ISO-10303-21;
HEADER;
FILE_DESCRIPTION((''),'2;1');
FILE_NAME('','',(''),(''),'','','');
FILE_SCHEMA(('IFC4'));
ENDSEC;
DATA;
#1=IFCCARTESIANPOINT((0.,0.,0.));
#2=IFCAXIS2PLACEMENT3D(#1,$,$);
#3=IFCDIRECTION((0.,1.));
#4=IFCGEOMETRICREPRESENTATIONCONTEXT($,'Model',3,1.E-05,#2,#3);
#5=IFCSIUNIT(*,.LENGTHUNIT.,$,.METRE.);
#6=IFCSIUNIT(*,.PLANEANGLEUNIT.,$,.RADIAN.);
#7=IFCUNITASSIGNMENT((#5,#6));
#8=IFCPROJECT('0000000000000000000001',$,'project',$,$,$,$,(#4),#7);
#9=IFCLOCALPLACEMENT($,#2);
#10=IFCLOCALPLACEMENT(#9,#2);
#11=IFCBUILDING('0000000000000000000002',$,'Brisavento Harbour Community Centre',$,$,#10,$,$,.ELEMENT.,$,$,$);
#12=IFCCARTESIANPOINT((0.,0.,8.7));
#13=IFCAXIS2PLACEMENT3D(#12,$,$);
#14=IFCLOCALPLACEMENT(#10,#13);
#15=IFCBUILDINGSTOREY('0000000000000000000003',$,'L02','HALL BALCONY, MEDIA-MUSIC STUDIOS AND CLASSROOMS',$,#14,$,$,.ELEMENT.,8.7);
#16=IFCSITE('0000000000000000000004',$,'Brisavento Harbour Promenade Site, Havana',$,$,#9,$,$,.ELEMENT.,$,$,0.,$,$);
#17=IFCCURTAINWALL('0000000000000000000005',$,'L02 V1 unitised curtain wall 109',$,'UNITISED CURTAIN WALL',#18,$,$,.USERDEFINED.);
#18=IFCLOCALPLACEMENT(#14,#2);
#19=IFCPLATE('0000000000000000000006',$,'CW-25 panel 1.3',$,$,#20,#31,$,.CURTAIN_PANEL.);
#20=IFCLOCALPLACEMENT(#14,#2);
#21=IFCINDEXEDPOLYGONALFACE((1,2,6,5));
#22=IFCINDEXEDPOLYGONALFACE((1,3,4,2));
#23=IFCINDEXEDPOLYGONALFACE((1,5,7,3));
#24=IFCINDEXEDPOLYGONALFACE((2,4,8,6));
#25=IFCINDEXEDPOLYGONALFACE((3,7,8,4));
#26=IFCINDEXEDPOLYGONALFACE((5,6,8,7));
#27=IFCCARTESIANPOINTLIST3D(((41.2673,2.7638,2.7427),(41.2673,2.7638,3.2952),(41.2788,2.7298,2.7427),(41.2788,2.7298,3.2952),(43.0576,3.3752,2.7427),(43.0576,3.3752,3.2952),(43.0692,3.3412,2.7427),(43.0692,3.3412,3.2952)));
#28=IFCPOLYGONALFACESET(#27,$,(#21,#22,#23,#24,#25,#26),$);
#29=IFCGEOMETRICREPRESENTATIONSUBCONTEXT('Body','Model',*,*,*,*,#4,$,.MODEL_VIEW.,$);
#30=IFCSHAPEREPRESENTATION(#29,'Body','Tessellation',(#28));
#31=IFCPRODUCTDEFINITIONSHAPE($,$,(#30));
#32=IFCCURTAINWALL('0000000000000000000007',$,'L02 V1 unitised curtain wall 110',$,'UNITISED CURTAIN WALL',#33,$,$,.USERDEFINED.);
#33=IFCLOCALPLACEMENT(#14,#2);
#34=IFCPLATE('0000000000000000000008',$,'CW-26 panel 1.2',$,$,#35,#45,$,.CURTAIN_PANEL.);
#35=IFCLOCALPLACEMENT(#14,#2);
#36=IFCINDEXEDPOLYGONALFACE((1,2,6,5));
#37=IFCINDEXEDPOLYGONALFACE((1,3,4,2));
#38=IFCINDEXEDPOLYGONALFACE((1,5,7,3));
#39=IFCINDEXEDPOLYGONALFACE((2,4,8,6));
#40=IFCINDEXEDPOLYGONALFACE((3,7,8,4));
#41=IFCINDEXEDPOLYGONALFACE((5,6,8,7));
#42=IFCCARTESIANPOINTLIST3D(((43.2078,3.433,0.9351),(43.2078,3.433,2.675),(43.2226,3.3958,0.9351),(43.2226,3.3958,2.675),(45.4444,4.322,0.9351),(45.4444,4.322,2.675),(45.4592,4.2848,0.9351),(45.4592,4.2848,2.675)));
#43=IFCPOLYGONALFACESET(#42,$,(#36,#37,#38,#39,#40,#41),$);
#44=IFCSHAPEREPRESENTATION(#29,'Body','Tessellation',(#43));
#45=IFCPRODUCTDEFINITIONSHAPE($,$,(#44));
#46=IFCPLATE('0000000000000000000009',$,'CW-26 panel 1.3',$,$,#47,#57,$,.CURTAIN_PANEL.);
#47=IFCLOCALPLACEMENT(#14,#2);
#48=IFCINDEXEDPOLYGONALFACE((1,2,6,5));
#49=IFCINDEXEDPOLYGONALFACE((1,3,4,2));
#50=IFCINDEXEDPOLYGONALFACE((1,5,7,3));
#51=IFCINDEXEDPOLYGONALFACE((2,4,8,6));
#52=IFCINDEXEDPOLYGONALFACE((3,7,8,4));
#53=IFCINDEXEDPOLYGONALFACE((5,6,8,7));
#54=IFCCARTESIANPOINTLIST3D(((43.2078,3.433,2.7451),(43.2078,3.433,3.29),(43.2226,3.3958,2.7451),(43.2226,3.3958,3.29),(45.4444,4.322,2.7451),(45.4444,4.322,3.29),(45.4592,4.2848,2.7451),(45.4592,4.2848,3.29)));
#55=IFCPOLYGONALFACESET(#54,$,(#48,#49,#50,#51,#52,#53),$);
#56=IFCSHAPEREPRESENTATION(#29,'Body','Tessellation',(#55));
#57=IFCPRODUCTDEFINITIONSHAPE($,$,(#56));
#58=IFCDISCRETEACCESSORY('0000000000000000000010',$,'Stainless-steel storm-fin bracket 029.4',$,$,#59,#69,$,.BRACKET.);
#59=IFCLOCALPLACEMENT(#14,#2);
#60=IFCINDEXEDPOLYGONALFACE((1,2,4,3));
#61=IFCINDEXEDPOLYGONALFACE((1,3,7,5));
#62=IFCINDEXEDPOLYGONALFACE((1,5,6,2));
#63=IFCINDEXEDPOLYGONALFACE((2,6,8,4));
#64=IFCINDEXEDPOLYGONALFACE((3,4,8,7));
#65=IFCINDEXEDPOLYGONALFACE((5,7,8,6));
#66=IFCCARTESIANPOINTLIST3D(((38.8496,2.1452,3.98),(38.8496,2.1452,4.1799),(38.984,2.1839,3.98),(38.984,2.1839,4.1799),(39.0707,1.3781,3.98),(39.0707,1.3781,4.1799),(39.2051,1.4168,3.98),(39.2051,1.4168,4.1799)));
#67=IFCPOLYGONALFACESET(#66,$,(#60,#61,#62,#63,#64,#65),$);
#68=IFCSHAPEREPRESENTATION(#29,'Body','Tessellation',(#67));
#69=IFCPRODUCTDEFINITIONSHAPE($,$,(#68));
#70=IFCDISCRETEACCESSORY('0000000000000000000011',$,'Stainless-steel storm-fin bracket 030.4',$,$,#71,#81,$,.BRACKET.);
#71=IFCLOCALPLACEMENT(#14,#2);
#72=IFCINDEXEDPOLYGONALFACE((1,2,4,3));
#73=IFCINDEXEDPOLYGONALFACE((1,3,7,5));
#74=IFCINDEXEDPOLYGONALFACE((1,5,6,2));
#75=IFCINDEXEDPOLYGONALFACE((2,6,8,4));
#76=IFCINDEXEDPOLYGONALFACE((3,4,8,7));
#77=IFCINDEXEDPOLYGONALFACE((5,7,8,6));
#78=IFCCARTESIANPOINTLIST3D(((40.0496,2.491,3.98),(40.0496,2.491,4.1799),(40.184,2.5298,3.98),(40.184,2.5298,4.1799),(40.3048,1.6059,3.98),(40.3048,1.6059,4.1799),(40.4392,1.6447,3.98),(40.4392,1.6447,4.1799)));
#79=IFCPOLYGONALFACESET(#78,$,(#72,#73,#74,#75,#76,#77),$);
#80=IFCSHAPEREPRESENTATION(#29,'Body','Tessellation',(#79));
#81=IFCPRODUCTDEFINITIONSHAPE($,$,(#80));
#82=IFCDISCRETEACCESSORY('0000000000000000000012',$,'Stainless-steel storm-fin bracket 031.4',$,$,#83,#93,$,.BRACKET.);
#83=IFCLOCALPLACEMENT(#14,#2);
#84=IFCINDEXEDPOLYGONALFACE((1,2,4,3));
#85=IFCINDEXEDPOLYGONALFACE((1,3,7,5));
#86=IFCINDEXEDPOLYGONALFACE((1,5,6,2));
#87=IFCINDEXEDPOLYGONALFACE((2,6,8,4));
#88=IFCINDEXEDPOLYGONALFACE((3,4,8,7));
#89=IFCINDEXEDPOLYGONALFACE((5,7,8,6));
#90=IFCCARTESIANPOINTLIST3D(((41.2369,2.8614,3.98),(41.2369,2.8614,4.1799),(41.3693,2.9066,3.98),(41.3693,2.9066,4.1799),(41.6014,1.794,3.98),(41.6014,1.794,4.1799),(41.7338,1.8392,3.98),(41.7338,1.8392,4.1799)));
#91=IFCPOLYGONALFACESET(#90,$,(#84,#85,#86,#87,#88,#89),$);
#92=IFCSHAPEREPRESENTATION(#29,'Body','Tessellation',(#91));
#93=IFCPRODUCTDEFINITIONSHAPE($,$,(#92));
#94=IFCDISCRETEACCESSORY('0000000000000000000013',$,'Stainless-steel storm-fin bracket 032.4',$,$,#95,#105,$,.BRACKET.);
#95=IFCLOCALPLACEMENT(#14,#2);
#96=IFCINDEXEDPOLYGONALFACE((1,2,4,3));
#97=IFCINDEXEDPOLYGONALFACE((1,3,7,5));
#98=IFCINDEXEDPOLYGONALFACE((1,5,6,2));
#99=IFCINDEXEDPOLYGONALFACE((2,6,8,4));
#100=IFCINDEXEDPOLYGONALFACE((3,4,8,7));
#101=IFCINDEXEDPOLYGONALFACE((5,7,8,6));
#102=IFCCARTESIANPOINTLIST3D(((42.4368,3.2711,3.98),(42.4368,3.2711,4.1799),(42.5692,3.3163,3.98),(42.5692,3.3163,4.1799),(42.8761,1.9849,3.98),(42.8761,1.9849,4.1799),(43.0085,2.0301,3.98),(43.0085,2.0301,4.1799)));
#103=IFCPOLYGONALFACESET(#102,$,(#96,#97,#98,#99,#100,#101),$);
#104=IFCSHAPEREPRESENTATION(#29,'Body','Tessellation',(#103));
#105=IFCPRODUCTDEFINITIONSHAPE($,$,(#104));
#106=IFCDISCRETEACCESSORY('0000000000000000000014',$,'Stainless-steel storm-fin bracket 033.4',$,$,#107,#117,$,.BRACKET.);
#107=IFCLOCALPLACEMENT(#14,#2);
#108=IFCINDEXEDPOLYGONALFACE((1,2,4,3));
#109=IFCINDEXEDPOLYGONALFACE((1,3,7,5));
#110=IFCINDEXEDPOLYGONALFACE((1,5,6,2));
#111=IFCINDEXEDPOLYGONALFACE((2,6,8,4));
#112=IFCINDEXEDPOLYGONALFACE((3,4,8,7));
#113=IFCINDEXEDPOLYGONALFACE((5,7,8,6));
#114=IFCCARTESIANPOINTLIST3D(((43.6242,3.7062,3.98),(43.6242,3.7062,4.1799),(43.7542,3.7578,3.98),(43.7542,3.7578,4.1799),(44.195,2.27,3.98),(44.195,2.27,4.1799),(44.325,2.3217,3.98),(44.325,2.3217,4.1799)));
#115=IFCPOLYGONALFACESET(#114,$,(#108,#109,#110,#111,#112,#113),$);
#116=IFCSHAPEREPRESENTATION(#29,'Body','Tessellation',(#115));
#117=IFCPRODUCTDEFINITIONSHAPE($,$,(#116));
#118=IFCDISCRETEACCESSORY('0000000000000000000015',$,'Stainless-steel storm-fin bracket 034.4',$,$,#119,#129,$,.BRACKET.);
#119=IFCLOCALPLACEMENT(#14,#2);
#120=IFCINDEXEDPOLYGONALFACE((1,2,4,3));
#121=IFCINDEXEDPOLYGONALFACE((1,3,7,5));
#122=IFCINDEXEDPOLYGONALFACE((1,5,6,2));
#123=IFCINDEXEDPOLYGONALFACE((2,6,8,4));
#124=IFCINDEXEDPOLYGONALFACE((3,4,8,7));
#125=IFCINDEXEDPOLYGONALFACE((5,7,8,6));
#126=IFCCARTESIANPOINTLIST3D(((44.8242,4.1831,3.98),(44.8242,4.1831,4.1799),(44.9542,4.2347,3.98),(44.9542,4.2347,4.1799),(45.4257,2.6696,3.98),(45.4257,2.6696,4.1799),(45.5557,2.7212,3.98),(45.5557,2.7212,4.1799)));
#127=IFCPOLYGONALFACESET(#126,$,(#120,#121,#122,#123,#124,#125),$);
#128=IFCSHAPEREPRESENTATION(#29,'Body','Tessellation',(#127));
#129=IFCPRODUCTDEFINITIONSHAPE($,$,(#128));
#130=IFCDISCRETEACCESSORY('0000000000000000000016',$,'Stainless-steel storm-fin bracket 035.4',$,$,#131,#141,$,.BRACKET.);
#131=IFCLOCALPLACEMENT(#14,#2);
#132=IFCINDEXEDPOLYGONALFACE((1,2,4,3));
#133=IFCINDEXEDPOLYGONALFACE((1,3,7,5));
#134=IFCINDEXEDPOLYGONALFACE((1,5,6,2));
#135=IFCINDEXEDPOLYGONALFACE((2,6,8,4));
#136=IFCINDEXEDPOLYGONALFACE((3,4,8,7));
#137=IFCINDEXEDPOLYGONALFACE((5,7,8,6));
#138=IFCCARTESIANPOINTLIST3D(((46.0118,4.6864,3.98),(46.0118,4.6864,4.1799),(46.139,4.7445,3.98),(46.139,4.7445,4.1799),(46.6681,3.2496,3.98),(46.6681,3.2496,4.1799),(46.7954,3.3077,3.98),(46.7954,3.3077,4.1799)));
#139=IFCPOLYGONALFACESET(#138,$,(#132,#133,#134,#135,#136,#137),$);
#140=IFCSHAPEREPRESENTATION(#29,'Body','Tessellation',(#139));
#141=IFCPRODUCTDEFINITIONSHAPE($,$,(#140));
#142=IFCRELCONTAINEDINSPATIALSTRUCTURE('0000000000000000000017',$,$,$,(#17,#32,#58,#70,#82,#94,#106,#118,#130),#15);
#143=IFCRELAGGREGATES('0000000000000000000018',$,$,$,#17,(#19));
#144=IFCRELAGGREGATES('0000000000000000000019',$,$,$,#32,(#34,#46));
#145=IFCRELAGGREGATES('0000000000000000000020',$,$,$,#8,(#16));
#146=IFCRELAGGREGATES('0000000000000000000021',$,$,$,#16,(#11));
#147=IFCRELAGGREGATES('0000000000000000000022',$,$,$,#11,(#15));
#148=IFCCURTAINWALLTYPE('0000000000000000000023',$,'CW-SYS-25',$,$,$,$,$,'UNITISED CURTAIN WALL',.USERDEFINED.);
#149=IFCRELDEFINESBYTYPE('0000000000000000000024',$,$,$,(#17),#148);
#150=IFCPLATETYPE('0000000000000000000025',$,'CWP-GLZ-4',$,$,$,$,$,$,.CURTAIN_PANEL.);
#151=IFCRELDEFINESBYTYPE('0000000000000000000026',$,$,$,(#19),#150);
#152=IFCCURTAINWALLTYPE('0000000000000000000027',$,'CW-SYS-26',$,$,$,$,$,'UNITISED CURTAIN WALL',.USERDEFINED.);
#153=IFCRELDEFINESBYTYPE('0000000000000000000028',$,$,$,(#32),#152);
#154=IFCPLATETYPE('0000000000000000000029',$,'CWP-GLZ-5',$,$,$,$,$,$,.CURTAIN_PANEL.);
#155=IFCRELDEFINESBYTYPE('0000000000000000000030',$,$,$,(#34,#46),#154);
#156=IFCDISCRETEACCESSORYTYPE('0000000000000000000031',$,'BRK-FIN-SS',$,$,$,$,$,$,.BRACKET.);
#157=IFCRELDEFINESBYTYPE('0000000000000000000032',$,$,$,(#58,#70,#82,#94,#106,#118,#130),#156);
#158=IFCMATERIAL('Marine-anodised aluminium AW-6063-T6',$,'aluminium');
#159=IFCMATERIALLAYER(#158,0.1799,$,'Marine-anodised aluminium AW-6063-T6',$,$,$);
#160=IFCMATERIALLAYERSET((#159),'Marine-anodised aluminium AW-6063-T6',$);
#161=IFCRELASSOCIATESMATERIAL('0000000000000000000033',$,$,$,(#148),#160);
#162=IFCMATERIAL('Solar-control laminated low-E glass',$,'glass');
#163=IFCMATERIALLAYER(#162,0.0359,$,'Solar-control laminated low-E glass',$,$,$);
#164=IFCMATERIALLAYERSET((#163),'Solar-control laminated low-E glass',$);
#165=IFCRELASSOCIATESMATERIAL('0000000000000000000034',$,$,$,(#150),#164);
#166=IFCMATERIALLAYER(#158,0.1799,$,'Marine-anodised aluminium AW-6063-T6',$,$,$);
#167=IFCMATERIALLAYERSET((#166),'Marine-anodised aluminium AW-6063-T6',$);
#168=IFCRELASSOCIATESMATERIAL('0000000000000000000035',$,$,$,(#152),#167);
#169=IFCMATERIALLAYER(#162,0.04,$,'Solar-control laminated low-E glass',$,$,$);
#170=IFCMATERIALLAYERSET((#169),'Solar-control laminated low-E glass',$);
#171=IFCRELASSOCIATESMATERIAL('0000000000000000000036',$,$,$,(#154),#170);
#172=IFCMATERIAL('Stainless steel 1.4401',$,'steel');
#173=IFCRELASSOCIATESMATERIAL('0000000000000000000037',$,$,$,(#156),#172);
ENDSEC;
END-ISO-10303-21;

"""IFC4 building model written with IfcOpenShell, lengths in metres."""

from ifc_helpers import new_model, si_unit, direction, frame, origin, origin_2d, place, context, subcontext, project, spatial, rectangle, extrude, material, layer, layer_set, type_object, element, aggregate, save


model = new_model("IFC4")

# Units and contexts
model_context = context("Model", 3, precision=1e-05, world=origin(), true_north=direction((0.0, 1.0)))
body_context = subcontext(model_context, "Body", "Model", "MODEL_VIEW")
ifc_project = project(units=[si_unit("LENGTHUNIT", "METRE"), si_unit("PLANEANGLEUNIT", "RADIAN")], contexts=[model_context])

# Site, building, storey
site_placement = place(None, origin())
site = spatial("IfcSite", under=ifc_project, at=site_placement, Name="Brisavento Harbour Promenade Site, Havana", CompositionType="ELEMENT", RefElevation=0.0)
building_placement = place(site_placement, origin())
building = spatial("IfcBuilding", under=site, at=building_placement, Name="Brisavento Harbour Community Centre", CompositionType="ELEMENT")
storey_placement = place(building_placement, frame((0.0, 0.0, 8.7)))
storey = spatial("IfcBuildingStorey", under=building, at=storey_placement, Name="L02", Description="HALL BALCONY, MEDIA-MUSIC STUDIOS AND CLASSROOMS", CompositionType="ELEMENT", Elevation=8.7)

# Curtain wall
ifc_material_1 = material(Name="Marine-anodised aluminium AW-6063-T6", Category="aluminium")
ifc_layer_1 = layer(ifc_material_1, 0.1799, Name="Marine-anodised aluminium AW-6063-T6")
ifc_layer_set_1 = layer_set([ifc_layer_1], Name="Marine-anodised aluminium AW-6063-T6")
curtain_wall_type_1 = type_object("IfcCurtainWallType", Name="CW-SYS-25", ElementType="UNITISED CURTAIN WALL", PredefinedType="USERDEFINED", material=ifc_layer_set_1)
curtain_wall_1_placement = place(storey_placement, origin())
curtain_wall_1 = element("IfcCurtainWall", 1, at=curtain_wall_1_placement, inside=storey, type_object=curtain_wall_type_1, Name="L02 V1 unitised curtain wall 109", ObjectType="UNITISED CURTAIN WALL", PredefinedType="USERDEFINED")

# Shared definitions
ifc_material_2 = material(Name="Solar-control laminated low-E glass", Category="glass")

# Plate
ifc_layer_2 = layer(ifc_material_2, 0.0359, Name="Solar-control laminated low-E glass")
ifc_layer_set_2 = layer_set([ifc_layer_2], Name="Solar-control laminated low-E glass")
plate_type_1 = type_object("IfcPlateType", Name="CWP-GLZ-4", PredefinedType="CURTAIN_PANEL", material=ifc_layer_set_2)
plate_1_placement = place(storey_placement, frame((42.1682, 3.0525, 2.7427), z_axis=(0.0, 0.0, 1.0), x_axis=(-0.946338, -0.323178, 0.0)))
plate_1 = element("IfcPlate", 2, at=plate_1_placement, type_object=plate_type_1, Name="CW-25 panel 1.3", PredefinedType="CURTAIN_PANEL", context=body_context, shape_type="SweptSolid", body=[
    extrude(rectangle(XDim=1.8918, YDim=0.0359, at=origin_2d()), origin(), (0.0, 0.0, 1.0), 0.5525),
])
aggregate(curtain_wall_1, [plate_1])

# Curtain wall, plates
ifc_layer_3 = layer(ifc_material_1, 0.1799, Name="Marine-anodised aluminium AW-6063-T6")
ifc_layer_set_3 = layer_set([ifc_layer_3], Name="Marine-anodised aluminium AW-6063-T6")
curtain_wall_type_2 = type_object("IfcCurtainWallType", Name="CW-SYS-26", ElementType="UNITISED CURTAIN WALL", PredefinedType="USERDEFINED", material=ifc_layer_set_3)
curtain_wall_2_placement = place(storey_placement, origin())
curtain_wall_2 = element("IfcCurtainWall", 3, at=curtain_wall_2_placement, inside=storey, type_object=curtain_wall_type_2, Name="L02 V1 unitised curtain wall 110", ObjectType="UNITISED CURTAIN WALL", PredefinedType="USERDEFINED")
ifc_layer_4 = layer(ifc_material_2, 0.04, Name="Solar-control laminated low-E glass")
ifc_layer_set_4 = layer_set([ifc_layer_4], Name="Solar-control laminated low-E glass")
plate_type_2 = type_object("IfcPlateType", Name="CWP-GLZ-5", PredefinedType="CURTAIN_PANEL", material=ifc_layer_set_4)
plate_2_placement = place(storey_placement, frame((44.3335, 3.8589, 0.9351), z_axis=(0.0, 0.0, 1.0), x_axis=(-0.929279, -0.369379, 0.0)))
plate_2 = element("IfcPlate", 4, at=plate_2_placement, type_object=plate_type_2, Name="CW-26 panel 1.2", PredefinedType="CURTAIN_PANEL", context=body_context, shape_type="SweptSolid", body=[
    extrude(rectangle(XDim=2.4067, YDim=0.04, at=origin_2d()), origin(), (0.0, 0.0, 1.0), 1.74),
])
plate_3_placement = place(storey_placement, frame((44.3335, 3.8589, 2.7451), z_axis=(0.0, 0.0, 1.0), x_axis=(-0.929279, -0.369379, 0.0)))
plate_3 = element("IfcPlate", 5, at=plate_3_placement, type_object=plate_type_2, Name="CW-26 panel 1.3", PredefinedType="CURTAIN_PANEL", context=body_context, shape_type="SweptSolid", body=[
    extrude(rectangle(XDim=2.4067, YDim=0.04, at=origin_2d()), origin(), (0.0, 0.0, 1.0), 0.5449),
])
aggregate(curtain_wall_2, [plate_2, plate_3])

# Discrete accessories
ifc_material_3 = material(Name="Stainless steel 1.4401", Category="steel")
discrete_accessory_type = type_object("IfcDiscreteAccessoryType", Name="BRK-FIN-SS", PredefinedType="BRACKET", material=ifc_material_3)
discrete_accessory_1_placement = place(storey_placement, frame((39.0273, 1.781, 3.98), z_axis=(0.0, 0.0, 1.0), x_axis=(0.276996, -0.960871, 0.0)))
element("IfcDiscreteAccessory", 6, at=discrete_accessory_1_placement, inside=storey, type_object=discrete_accessory_type, Name="Stainless-steel storm-fin bracket 029.4", PredefinedType="BRACKET", context=body_context, shape_type="SweptSolid", body=[
    extrude(rectangle(XDim=0.7983, YDim=0.1399, at=origin_2d()), origin(), (0.0, 0.0, 1.0), 0.2),
])
discrete_accessory_2_placement = place(storey_placement, frame((40.2444, 2.0679, 3.98), z_axis=(0.0, 0.0, 1.0), x_axis=(0.276996, -0.960871, 0.0)))
element("IfcDiscreteAccessory", 7, at=discrete_accessory_2_placement, inside=storey, type_object=discrete_accessory_type, Name="Stainless-steel storm-fin bracket 030.4", PredefinedType="BRACKET", context=body_context, shape_type="SweptSolid", body=[
    extrude(rectangle(XDim=0.9211, YDim=0.1399, at=origin_2d()), origin(), (0.0, 0.0, 1.0), 0.2),
])
discrete_accessory_3_placement = place(storey_placement, frame((41.4854, 2.3503, 3.98), z_axis=(0.0, 0.0, 1.0), x_axis=(0.323174, -0.946339, 0.0)))
element("IfcDiscreteAccessory", 8, at=discrete_accessory_3_placement, inside=storey, type_object=discrete_accessory_type, Name="Stainless-steel storm-fin bracket 031.4", PredefinedType="BRACKET", context=body_context, shape_type="SweptSolid", body=[
    extrude(rectangle(XDim=1.1279, YDim=0.1399, at=origin_2d()), origin(), (0.0, 0.0, 1.0), 0.2),
])
discrete_accessory_4_placement = place(storey_placement, frame((42.7227, 2.6506, 3.98), z_axis=(0.0, 0.0, 1.0), x_axis=(0.323174, -0.946339, 0.0)))
element("IfcDiscreteAccessory", 9, at=discrete_accessory_4_placement, inside=storey, type_object=discrete_accessory_type, Name="Stainless-steel storm-fin bracket 032.4", PredefinedType="BRACKET", context=body_context, shape_type="SweptSolid", body=[
    extrude(rectangle(XDim=1.3591, YDim=0.1399, at=origin_2d()), origin(), (0.0, 0.0, 1.0), 0.2),
])
discrete_accessory_5_placement = place(storey_placement, frame((43.9746, 3.0139, 3.98), z_axis=(0.0, 0.0, 1.0), x_axis=(0.369341, -0.929294, 0.0)))
element("IfcDiscreteAccessory", 10, at=discrete_accessory_5_placement, inside=storey, type_object=discrete_accessory_type, Name="Stainless-steel storm-fin bracket 033.4", PredefinedType="BRACKET", context=body_context, shape_type="SweptSolid", body=[
    extrude(rectangle(XDim=1.5454, YDim=0.1399, at=origin_2d()), origin(), (0.0, 0.0, 1.0), 0.2),
])
discrete_accessory_6_placement = place(storey_placement, frame((45.1899, 3.4521, 3.98), z_axis=(0.0, 0.0, 1.0), x_axis=(0.369341, -0.929294, 0.0)))
element("IfcDiscreteAccessory", 11, at=discrete_accessory_6_placement, inside=storey, type_object=discrete_accessory_type, Name="Stainless-steel storm-fin bracket 034.4", PredefinedType="BRACKET", context=body_context, shape_type="SweptSolid", body=[
    extrude(rectangle(XDim=1.6287, YDim=0.1399, at=origin_2d()), origin(), (0.0, 0.0, 1.0), 0.2),
])
discrete_accessory_7_placement = place(storey_placement, frame((46.4036, 3.9971, 3.98), z_axis=(0.0, 0.0, 1.0), x_axis=(0.415519, -0.909585, 0.0)))
element("IfcDiscreteAccessory", 12, at=discrete_accessory_7_placement, inside=storey, type_object=discrete_accessory_type, Name="Stainless-steel storm-fin bracket 035.4", PredefinedType="BRACKET", context=body_context, shape_type="SweptSolid", body=[
    extrude(rectangle(XDim=1.5796, YDim=0.1399, at=origin_2d()), origin(), (0.0, 0.0, 1.0), 0.2),
])

save(model, "model.ifc")
